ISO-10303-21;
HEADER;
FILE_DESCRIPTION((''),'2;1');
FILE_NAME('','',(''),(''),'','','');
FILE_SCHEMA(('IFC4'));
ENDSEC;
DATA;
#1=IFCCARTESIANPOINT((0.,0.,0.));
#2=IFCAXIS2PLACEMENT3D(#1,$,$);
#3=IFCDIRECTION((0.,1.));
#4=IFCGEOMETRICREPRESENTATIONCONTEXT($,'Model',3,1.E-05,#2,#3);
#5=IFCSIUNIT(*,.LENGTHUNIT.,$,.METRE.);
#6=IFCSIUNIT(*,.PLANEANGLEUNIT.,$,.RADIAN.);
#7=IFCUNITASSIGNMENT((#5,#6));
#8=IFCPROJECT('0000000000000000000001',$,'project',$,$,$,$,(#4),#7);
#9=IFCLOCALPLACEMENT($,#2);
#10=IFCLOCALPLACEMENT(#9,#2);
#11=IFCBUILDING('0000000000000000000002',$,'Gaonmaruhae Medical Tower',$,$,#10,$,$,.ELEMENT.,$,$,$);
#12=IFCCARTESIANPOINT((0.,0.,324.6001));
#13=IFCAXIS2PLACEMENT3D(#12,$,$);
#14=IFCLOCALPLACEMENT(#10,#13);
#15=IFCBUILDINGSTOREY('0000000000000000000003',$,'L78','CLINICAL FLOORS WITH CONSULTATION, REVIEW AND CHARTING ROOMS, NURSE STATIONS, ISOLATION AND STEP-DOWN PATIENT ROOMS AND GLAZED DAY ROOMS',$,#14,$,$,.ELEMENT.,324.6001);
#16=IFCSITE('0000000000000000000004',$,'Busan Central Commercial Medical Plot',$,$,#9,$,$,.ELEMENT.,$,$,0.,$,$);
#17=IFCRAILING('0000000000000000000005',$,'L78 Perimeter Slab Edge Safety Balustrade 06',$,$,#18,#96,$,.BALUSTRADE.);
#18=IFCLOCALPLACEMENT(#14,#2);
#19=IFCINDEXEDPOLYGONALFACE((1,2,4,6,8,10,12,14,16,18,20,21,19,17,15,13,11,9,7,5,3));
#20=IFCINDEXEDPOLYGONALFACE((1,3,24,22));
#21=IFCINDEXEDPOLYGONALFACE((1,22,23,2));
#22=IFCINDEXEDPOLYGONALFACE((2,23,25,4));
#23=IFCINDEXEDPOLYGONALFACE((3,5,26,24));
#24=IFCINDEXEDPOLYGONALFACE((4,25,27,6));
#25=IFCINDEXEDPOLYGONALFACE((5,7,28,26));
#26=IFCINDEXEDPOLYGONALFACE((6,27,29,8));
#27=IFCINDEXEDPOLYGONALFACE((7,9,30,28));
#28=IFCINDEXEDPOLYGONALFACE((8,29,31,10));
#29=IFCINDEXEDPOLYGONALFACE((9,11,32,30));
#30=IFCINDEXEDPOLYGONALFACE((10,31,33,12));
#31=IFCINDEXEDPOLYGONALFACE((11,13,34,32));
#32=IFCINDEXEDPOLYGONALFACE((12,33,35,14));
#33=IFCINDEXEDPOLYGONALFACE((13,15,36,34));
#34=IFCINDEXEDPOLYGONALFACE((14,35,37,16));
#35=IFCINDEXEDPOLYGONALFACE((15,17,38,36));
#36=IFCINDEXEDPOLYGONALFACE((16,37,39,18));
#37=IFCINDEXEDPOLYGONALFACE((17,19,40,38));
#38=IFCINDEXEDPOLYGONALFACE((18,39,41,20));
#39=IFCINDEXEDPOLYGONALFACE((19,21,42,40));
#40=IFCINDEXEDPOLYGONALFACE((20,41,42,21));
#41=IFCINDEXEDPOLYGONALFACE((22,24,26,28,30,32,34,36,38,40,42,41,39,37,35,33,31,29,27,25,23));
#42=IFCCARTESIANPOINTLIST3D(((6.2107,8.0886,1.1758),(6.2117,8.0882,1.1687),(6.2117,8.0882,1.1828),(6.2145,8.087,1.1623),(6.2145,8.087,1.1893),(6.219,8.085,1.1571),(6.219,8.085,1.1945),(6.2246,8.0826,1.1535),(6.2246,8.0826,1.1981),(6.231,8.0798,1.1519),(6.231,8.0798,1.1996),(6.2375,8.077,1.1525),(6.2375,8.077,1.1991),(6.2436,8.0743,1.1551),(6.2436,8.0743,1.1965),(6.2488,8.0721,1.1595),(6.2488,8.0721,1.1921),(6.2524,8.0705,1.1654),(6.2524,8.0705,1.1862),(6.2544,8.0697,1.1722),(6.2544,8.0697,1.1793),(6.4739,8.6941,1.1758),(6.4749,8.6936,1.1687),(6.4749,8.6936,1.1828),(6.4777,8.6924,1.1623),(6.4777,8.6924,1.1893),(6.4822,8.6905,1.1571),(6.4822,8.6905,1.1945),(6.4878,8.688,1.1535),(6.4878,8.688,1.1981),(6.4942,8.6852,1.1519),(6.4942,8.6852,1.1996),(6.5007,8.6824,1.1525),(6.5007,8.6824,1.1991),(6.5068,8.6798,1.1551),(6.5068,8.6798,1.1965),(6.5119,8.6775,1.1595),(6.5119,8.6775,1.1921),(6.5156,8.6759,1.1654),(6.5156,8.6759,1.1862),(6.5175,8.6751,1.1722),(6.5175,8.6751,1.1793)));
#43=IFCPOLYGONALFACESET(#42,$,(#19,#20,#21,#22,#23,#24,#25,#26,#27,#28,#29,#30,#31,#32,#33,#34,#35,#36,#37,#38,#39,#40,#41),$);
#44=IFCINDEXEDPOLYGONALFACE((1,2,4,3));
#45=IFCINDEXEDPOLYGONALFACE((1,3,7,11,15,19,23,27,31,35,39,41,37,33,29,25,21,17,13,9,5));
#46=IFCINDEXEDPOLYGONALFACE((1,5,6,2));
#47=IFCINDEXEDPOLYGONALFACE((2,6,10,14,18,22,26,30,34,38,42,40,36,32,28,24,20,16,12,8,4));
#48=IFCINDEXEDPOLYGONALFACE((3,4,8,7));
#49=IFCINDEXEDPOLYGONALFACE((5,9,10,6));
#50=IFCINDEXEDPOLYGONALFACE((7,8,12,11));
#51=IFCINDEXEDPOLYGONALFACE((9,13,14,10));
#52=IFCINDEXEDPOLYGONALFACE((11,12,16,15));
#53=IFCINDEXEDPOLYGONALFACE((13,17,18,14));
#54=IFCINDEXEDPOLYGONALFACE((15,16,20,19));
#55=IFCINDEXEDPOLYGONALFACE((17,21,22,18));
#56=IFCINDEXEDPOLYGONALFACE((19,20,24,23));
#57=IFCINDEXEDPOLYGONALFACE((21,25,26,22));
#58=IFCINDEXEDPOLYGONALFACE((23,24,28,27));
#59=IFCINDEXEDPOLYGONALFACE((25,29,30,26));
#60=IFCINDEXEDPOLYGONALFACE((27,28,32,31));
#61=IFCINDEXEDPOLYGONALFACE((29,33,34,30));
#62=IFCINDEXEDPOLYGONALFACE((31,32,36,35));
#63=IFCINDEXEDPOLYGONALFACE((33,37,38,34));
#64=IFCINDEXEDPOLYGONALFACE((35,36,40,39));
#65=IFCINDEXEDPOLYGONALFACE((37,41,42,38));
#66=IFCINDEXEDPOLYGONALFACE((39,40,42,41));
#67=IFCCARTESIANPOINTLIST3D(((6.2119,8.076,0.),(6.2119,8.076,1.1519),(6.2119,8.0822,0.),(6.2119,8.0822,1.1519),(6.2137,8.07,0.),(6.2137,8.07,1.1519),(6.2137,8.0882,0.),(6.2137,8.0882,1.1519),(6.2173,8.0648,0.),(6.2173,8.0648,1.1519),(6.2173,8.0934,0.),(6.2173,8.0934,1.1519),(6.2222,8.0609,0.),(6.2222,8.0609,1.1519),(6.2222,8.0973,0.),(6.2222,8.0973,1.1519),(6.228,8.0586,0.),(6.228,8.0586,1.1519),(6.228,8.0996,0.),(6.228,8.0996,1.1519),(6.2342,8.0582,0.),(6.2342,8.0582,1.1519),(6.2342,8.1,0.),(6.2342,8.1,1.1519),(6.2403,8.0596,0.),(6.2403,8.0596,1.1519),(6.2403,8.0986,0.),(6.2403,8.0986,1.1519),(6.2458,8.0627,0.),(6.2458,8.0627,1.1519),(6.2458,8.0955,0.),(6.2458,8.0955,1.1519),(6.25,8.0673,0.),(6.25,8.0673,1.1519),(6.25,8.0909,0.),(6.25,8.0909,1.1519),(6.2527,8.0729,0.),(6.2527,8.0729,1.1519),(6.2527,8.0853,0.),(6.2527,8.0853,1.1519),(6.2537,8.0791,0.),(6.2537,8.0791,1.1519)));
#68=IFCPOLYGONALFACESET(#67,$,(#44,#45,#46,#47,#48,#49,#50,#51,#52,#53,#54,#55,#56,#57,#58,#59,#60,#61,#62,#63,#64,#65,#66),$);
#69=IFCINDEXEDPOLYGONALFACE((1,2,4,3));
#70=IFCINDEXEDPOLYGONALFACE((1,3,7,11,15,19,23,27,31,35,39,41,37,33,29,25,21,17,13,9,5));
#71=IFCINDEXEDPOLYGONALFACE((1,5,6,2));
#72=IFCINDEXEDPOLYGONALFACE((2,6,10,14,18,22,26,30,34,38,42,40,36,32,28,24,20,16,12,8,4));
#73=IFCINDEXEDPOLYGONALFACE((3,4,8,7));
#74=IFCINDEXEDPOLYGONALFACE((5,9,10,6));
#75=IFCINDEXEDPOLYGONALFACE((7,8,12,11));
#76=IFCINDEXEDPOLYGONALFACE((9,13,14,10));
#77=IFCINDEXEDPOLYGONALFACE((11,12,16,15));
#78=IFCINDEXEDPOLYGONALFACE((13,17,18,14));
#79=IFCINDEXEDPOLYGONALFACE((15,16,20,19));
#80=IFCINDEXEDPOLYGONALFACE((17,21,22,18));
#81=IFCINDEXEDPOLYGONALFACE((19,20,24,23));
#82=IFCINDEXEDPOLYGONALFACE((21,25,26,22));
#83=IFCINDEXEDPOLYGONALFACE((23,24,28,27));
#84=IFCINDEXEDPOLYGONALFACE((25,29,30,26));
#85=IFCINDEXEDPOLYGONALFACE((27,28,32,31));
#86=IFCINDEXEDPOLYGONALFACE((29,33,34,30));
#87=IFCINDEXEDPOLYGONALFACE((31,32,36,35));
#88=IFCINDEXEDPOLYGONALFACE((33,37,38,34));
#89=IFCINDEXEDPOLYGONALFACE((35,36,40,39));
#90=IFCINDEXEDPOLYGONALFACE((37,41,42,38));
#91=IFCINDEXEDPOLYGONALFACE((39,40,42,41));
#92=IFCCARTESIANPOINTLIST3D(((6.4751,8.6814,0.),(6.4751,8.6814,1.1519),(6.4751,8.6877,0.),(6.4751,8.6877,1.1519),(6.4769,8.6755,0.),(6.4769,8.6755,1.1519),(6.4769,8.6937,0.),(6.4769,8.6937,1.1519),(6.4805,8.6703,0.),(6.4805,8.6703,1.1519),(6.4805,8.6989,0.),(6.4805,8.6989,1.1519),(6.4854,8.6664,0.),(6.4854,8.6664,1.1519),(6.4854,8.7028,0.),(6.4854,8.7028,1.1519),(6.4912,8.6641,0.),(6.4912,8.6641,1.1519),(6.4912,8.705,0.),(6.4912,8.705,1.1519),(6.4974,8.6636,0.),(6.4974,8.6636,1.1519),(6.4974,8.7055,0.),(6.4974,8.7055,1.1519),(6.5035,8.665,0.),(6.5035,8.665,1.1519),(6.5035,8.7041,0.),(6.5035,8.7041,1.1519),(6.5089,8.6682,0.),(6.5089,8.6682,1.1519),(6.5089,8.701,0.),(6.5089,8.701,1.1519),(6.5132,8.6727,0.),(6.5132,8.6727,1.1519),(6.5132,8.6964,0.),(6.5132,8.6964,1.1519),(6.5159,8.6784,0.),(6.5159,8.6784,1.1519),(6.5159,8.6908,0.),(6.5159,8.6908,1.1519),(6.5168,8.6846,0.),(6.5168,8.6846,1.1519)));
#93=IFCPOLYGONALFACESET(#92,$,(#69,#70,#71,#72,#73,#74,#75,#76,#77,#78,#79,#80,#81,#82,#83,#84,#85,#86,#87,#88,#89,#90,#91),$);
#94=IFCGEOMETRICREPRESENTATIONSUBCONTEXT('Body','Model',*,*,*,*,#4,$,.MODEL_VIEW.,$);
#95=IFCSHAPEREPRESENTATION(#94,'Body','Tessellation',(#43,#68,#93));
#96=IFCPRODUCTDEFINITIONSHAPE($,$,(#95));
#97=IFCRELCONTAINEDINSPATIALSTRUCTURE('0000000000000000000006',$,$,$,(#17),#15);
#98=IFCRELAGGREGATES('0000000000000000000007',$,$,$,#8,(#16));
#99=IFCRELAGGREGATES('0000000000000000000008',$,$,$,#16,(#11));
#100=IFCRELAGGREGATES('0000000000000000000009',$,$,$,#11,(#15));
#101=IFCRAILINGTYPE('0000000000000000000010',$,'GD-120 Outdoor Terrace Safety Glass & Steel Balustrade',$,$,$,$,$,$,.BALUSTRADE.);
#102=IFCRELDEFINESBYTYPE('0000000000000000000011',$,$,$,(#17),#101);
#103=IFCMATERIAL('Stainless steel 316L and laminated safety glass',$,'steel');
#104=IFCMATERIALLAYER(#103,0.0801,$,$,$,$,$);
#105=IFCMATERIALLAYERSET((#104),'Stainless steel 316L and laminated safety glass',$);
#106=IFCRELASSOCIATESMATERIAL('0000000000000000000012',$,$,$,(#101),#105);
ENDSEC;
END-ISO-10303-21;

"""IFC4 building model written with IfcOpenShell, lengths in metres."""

from ifc_helpers import new_model, si_unit, direction, frame, origin, origin_2d, place, context, subcontext, project, spatial, circle, extrude, material, layer, layer_set, type_object, element, save


model = new_model("IFC4")

# Units and contexts
model_context = context("Model", 3, precision=1e-05, world=origin(), true_north=direction((0.0, 1.0)))
body_context = subcontext(model_context, "Body", "Model", "MODEL_VIEW")
ifc_project = project(units=[si_unit("LENGTHUNIT", "METRE"), si_unit("PLANEANGLEUNIT", "RADIAN")], contexts=[model_context])

# Site, building, storey
site_placement = place(None, origin())
site = spatial("IfcSite", under=ifc_project, at=site_placement, Name="Busan Central Commercial Medical Plot", CompositionType="ELEMENT", RefElevation=0.0)
building_placement = place(site_placement, origin())
building = spatial("IfcBuilding", under=site, at=building_placement, Name="Gaonmaruhae Medical Tower", CompositionType="ELEMENT")
storey_placement = place(building_placement, frame((0.0, 0.0, 324.6001)))
storey = spatial("IfcBuildingStorey", under=building, at=storey_placement, Name="L78", Description="CLINICAL FLOORS WITH CONSULTATION, REVIEW AND CHARTING ROOMS, NURSE STATIONS, ISOLATION AND STEP-DOWN PATIENT ROOMS AND GLAZED DAY ROOMS", CompositionType="ELEMENT", Elevation=324.6001)

# Railing
ifc_material_1 = material(Name="Stainless steel 316L and laminated safety glass", Category="steel")
ifc_layer_1 = layer(ifc_material_1, 0.0801)
ifc_layer_set_1 = layer_set([ifc_layer_1], Name="Stainless steel 316L and laminated safety glass")
railing_type = type_object("IfcRailingType", Name="GD-120 Outdoor Terrace Safety Glass & Steel Balustrade", PredefinedType="BALUSTRADE", material=ifc_layer_set_1)
railing_1_placement = place(storey_placement, frame((6.2327, 8.0791, 0.0)))
element("IfcRailing", 1, at=railing_1_placement, inside=storey, type_object=railing_type, Name="L78 Perimeter Slab Edge Safety Balustrade 06", PredefinedType="BALUSTRADE", context=body_context, shape_type="SweptSolid", body=[
    extrude(circle(Radius=0.0239, at=origin_2d()), frame((0.0, 0.0, 1.1758), z_axis=(0.398645, 0.917105, 0.0), x_axis=(-0.917105, 0.398645, 0.0)), (0.0, 0.0, 1.0), 0.6602),
    extrude(circle(Radius=0.021, at=origin_2d()), origin(), (0.0, 0.0, 1.0), 1.1519),
    extrude(circle(Radius=0.021, at=origin_2d()), frame((0.2632, 0.6055, 0.0)), (0.0, 0.0, 1.0), 1.1519),
])

save(model, "model.ifc")
